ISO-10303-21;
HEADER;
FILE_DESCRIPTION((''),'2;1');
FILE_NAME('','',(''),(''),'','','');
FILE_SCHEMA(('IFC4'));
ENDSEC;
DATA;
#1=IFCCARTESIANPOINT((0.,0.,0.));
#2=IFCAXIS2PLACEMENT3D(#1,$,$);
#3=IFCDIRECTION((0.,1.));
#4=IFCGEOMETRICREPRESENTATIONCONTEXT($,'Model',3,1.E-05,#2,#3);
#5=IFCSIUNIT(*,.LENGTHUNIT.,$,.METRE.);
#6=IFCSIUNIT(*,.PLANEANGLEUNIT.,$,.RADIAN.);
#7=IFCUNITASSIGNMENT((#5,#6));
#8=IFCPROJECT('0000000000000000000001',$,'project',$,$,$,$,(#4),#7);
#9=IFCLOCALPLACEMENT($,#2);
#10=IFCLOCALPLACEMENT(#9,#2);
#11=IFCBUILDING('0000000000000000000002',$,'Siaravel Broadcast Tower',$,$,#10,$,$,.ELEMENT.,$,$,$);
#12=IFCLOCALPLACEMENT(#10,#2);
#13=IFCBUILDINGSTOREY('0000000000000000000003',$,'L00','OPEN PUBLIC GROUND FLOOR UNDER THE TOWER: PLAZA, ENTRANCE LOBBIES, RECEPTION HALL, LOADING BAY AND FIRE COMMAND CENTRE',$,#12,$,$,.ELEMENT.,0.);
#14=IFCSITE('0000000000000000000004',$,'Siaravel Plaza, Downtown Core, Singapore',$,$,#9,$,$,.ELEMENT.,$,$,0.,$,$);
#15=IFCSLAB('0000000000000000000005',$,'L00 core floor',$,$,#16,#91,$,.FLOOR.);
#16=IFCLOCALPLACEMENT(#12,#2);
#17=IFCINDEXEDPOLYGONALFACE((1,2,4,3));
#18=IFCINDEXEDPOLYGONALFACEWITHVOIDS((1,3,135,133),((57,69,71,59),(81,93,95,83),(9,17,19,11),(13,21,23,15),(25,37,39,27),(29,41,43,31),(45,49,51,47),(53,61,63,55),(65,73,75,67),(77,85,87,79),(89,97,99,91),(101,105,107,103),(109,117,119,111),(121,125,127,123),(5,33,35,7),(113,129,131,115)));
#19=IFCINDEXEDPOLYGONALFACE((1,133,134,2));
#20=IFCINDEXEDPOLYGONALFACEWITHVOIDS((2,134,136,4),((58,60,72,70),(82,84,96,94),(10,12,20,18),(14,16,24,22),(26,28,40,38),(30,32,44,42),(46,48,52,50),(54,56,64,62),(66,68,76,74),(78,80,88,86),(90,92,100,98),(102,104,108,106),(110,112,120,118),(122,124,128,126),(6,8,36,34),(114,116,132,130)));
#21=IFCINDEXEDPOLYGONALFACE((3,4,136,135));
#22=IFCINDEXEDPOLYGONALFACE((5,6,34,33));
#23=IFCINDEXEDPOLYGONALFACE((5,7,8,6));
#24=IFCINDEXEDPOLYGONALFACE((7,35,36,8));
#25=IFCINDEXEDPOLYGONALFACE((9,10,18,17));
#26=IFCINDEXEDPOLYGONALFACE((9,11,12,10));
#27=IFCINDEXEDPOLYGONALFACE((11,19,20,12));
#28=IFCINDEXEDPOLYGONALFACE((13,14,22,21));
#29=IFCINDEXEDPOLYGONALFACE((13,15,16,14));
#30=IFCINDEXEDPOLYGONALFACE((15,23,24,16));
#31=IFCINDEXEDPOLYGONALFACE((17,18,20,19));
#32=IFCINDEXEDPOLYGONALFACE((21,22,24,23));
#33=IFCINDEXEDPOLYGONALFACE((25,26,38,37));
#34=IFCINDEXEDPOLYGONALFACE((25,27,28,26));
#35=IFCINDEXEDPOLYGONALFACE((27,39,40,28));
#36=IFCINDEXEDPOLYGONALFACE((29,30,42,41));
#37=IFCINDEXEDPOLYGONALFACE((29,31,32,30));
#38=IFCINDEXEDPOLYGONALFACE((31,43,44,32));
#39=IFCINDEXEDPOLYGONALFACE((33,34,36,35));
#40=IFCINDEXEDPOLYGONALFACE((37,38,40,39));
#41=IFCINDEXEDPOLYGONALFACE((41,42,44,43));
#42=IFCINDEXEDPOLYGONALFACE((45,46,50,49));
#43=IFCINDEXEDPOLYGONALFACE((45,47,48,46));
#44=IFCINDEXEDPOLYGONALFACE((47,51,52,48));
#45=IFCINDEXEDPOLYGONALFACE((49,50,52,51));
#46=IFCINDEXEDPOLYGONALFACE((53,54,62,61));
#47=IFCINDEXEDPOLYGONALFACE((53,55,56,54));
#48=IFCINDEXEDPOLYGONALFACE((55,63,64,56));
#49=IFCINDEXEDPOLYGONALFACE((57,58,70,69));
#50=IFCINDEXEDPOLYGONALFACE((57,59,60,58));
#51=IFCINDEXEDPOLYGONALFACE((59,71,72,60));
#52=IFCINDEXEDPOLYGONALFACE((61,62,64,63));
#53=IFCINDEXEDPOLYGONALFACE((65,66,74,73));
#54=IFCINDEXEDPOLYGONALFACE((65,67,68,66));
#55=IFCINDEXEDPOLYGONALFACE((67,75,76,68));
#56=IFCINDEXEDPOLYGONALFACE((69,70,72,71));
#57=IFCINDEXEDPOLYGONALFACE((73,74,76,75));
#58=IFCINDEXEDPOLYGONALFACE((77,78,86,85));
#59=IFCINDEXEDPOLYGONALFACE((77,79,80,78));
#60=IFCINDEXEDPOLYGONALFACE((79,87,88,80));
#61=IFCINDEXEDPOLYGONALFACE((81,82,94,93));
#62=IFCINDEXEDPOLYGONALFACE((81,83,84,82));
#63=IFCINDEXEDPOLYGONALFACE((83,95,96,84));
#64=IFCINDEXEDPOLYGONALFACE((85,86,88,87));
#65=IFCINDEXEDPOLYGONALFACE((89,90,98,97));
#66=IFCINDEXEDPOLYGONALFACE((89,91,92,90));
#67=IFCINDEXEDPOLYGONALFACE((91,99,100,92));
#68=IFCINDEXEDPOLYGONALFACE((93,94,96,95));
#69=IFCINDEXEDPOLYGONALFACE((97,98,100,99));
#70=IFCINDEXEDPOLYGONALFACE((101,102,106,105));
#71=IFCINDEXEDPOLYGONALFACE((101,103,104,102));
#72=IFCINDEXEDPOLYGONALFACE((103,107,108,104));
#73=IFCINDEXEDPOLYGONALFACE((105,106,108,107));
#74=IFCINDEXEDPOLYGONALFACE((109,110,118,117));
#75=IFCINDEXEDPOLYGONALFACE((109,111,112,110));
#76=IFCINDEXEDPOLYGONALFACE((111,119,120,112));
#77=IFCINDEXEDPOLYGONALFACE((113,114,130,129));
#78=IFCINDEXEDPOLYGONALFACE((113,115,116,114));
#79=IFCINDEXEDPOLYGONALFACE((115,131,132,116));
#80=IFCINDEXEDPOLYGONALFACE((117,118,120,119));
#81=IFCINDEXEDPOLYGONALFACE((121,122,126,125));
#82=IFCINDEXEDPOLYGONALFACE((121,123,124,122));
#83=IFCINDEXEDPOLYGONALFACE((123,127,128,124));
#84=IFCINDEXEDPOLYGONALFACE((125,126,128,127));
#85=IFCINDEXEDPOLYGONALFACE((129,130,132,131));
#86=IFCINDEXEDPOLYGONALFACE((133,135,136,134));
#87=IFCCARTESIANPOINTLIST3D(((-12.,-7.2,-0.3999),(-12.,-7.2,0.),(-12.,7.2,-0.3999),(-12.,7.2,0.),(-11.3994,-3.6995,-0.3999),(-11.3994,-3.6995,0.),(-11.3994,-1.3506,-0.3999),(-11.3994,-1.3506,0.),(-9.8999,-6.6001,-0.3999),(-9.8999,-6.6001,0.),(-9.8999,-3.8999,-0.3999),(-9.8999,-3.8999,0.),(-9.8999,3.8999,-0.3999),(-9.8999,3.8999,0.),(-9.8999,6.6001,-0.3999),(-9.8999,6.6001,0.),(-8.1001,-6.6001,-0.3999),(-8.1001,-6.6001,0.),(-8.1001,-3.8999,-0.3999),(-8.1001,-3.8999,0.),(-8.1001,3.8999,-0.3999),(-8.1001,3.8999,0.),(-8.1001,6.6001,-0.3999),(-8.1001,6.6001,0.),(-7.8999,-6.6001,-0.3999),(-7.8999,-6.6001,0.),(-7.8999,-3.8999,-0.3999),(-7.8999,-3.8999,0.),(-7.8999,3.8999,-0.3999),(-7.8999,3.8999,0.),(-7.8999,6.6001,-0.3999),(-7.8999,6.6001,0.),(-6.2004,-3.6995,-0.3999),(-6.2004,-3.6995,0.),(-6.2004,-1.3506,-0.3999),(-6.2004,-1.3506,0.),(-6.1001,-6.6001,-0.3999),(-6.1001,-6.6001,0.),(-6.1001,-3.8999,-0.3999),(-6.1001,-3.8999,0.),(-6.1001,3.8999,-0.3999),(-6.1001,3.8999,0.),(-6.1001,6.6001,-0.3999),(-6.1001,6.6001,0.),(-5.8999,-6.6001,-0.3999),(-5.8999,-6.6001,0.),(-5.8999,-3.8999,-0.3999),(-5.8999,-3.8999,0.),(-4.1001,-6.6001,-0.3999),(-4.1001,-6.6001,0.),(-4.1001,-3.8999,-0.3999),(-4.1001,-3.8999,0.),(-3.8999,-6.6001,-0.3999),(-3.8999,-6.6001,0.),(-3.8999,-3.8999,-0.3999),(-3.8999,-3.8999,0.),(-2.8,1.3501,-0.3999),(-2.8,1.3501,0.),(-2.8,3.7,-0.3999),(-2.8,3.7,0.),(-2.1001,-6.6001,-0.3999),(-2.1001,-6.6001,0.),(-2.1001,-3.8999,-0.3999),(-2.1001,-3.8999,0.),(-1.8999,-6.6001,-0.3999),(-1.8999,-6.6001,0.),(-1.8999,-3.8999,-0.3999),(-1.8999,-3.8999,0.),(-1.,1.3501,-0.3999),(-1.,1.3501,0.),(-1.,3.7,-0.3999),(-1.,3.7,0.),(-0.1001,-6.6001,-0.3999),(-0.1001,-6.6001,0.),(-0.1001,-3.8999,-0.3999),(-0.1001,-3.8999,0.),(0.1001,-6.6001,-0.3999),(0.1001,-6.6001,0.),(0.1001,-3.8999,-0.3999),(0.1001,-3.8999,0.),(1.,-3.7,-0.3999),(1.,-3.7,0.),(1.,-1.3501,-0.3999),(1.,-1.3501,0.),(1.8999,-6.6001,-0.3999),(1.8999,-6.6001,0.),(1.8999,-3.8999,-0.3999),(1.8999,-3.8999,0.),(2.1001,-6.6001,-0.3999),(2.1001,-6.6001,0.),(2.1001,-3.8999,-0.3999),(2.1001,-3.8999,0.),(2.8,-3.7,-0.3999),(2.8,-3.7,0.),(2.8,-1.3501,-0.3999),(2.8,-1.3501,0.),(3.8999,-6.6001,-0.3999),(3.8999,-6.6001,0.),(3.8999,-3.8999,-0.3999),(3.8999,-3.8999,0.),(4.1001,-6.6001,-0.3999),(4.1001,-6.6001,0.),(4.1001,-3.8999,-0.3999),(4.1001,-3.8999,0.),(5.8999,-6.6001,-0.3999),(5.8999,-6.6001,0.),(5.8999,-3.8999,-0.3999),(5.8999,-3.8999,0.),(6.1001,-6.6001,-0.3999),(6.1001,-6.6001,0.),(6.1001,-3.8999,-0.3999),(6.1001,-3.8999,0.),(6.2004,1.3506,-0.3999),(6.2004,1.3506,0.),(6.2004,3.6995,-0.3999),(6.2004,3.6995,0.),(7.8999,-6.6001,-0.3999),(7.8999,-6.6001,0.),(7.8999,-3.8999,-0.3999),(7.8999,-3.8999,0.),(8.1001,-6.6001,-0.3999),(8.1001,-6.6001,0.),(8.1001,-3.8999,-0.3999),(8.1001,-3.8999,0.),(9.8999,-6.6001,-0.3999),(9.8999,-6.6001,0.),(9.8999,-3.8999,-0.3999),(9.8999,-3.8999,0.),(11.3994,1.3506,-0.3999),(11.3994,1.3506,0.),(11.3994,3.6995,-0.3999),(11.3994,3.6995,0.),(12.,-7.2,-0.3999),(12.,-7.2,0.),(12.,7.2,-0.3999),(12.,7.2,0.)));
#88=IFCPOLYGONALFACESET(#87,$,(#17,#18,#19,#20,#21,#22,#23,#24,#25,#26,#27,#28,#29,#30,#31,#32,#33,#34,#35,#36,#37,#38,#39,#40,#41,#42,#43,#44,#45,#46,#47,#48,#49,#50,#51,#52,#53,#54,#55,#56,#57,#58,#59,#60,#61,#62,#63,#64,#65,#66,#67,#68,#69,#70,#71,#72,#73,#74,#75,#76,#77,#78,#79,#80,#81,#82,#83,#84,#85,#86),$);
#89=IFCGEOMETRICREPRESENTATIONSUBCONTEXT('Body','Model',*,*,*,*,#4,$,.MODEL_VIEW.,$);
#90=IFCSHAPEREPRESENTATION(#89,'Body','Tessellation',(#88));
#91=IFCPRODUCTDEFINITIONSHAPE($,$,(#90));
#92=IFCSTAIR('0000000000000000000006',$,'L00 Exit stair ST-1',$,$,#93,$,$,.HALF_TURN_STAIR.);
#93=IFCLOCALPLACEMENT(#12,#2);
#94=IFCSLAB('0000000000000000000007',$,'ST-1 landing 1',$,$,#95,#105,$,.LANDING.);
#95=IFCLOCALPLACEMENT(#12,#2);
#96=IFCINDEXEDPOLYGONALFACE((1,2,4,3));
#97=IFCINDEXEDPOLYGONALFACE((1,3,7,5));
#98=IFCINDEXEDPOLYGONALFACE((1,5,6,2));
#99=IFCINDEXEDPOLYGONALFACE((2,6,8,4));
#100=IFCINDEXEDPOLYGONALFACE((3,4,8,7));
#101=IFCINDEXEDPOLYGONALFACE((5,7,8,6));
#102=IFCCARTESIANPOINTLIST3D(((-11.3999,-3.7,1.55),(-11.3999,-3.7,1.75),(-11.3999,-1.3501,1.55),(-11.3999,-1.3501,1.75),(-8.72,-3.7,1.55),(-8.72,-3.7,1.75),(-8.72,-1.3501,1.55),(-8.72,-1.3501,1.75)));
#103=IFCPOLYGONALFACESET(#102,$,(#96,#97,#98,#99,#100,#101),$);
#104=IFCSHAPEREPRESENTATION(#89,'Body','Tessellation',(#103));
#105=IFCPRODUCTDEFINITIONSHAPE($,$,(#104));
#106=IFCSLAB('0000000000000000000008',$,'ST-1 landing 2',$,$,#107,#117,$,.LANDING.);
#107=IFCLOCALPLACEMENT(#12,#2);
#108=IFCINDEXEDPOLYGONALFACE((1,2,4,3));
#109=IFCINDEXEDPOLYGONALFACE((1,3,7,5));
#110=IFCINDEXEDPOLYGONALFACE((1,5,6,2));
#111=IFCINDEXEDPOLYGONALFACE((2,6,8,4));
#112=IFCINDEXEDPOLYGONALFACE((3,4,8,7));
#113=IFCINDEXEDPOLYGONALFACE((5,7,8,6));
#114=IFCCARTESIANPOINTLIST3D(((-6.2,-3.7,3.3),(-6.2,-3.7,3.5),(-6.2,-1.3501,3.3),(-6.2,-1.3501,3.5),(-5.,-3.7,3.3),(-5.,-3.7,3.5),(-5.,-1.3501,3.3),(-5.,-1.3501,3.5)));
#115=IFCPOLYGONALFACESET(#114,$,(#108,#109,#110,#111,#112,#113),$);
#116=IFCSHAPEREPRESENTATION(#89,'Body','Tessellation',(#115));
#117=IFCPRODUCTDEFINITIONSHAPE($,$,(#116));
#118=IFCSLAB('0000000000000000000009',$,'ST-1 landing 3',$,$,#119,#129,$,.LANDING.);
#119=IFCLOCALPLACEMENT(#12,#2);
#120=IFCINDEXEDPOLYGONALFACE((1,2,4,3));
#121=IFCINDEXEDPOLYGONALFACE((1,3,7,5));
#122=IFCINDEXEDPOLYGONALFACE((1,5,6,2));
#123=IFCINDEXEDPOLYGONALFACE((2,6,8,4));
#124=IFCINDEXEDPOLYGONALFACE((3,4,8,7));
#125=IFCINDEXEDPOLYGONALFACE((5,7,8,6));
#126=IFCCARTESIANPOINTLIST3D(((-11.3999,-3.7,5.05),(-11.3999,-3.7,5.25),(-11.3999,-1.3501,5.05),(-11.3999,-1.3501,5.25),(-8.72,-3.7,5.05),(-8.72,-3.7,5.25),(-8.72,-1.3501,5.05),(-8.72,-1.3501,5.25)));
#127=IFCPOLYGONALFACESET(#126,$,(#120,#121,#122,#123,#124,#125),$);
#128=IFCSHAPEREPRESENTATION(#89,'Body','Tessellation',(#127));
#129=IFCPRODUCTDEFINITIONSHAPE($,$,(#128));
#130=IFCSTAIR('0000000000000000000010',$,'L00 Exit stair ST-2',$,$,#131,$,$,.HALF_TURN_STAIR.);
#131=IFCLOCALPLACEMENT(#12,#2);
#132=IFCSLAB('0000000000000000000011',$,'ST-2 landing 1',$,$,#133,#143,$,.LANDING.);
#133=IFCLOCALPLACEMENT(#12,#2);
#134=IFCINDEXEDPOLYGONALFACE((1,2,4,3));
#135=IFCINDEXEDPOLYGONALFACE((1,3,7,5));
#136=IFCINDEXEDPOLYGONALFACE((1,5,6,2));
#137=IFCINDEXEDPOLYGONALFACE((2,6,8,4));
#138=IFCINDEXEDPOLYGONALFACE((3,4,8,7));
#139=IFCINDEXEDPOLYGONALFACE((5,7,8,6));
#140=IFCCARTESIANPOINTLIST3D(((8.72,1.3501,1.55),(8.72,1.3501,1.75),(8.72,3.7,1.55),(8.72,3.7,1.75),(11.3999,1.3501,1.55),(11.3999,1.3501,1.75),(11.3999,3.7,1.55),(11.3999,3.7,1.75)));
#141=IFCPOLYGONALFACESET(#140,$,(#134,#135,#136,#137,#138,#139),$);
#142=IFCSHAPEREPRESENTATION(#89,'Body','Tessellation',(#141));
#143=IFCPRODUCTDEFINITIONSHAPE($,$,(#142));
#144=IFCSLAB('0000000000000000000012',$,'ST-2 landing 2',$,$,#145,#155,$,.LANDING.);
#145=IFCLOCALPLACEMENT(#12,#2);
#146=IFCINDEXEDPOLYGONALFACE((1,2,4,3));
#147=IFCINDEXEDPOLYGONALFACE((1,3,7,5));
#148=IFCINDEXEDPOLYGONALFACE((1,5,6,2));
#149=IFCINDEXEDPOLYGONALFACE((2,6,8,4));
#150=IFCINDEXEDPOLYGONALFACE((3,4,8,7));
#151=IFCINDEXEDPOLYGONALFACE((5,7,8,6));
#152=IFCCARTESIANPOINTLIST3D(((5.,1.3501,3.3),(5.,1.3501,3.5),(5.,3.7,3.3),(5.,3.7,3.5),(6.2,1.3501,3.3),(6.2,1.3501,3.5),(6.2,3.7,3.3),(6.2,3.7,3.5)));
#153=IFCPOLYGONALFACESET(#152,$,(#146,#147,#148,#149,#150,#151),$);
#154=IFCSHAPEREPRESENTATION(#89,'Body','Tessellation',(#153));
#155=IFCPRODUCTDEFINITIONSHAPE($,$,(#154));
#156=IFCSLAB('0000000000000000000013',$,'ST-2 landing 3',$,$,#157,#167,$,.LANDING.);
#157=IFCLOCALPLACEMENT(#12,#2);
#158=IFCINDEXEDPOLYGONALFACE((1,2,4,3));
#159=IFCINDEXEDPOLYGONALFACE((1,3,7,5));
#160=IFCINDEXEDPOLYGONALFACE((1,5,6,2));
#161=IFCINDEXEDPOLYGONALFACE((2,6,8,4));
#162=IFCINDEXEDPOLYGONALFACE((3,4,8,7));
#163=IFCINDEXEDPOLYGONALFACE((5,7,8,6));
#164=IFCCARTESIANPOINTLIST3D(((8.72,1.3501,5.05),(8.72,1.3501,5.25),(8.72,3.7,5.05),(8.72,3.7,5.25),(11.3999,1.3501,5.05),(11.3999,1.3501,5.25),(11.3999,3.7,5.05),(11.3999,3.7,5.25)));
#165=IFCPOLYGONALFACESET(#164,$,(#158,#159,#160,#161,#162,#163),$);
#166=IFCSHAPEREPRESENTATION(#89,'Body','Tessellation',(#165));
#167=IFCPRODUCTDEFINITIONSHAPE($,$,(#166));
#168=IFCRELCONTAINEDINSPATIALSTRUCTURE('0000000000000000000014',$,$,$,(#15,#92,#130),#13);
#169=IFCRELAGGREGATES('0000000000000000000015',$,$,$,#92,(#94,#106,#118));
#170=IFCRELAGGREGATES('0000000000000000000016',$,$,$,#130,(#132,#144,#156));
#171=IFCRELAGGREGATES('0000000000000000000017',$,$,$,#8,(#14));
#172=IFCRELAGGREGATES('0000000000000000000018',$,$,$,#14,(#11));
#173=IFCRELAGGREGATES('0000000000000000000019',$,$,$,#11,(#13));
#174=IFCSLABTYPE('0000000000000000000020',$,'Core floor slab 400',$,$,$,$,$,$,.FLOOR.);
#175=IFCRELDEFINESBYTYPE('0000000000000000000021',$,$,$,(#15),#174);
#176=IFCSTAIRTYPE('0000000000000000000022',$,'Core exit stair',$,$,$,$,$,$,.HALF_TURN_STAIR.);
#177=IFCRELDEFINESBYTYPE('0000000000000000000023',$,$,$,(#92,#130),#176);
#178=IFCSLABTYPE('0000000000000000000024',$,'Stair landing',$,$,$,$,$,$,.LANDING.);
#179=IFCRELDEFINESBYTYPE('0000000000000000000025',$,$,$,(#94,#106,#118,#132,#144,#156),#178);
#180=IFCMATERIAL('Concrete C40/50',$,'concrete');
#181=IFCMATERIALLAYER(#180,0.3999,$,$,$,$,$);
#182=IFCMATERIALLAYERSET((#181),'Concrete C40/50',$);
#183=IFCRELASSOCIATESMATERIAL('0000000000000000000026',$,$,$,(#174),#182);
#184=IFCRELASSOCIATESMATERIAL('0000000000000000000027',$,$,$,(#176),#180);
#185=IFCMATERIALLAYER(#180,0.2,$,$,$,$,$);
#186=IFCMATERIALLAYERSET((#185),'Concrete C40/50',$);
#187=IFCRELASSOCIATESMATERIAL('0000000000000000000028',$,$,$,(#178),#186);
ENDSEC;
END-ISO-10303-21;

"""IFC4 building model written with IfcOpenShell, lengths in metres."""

from ifc_helpers import new_model, si_unit, direction, frame, origin, place, context, subcontext, project, spatial, polyline, outline, extrude, material, layer, layer_set, type_object, element, aggregate, save


model = new_model("IFC4")

# Units and contexts
model_context = context("Model", 3, precision=1e-05, world=origin(), true_north=direction((0.0, 1.0)))
body_context = subcontext(model_context, "Body", "Model", "MODEL_VIEW")
ifc_project = project(units=[si_unit("LENGTHUNIT", "METRE"), si_unit("PLANEANGLEUNIT", "RADIAN")], contexts=[model_context])

# Site, building, storey
site_placement = place(None, origin())
site = spatial("IfcSite", under=ifc_project, at=site_placement, Name="Siaravel Plaza, Downtown Core, Singapore", CompositionType="ELEMENT", RefElevation=0.0)
building_placement = place(site_placement, origin())
building = spatial("IfcBuilding", under=site, at=building_placement, Name="Siaravel Broadcast Tower", CompositionType="ELEMENT")
storey_placement = place(building_placement, origin())
storey = spatial("IfcBuildingStorey", under=building, at=storey_placement, Name="L00", Description="OPEN PUBLIC GROUND FLOOR UNDER THE TOWER: PLAZA, ENTRANCE LOBBIES, RECEPTION HALL, LOADING BAY AND FIRE COMMAND CENTRE", CompositionType="ELEMENT", Elevation=0.0)

# Shared definitions
ifc_material_1 = material(Name="Concrete C40/50", Category="concrete")

# Slab
ifc_layer_1 = layer(ifc_material_1, 0.3999)
ifc_layer_set_1 = layer_set([ifc_layer_1], Name="Concrete C40/50")
slab_type_1 = type_object("IfcSlabType", Name="Core floor slab 400", PredefinedType="FLOOR", material=ifc_layer_set_1)
slab_1_placement = place(storey_placement, frame((0.0, 0.0, -0.3999)))
element("IfcSlab", 1, at=slab_1_placement, inside=storey, type_object=slab_type_1, Name="L00 core floor", PredefinedType="FLOOR", context=body_context, shape_type="SweptSolid", body=[
    extrude(outline(polyline([(-12.0, -7.2), (-12.0, 7.2), (12.0, 7.2), (12.0, -7.2), (-12.0, -7.2)]), holes=[polyline([(11.3994, 1.3506), (11.3994, 3.6995), (6.2004, 3.6995), (6.2004, 1.3506), (11.3994, 1.3506)]), polyline([(9.8999, -3.8999), (8.1001, -3.8999), (8.1001, -6.6001), (9.8999, -6.6001), (9.8999, -3.8999)]), polyline([(7.8999, -3.8999), (6.1001, -3.8999), (6.1001, -6.6001), (7.8999, -6.6001), (7.8999, -3.8999)]), polyline([(5.8999, -3.8999), (4.1001, -3.8999), (4.1001, -6.6001), (5.8999, -6.6001), (5.8999, -3.8999)]), polyline([(3.8999, -3.8999), (2.1001, -3.8999), (2.1001, -6.6001), (3.8999, -6.6001), (3.8999, -3.8999)]), polyline([(2.8, -1.3501), (1.0, -1.3501), (1.0, -3.7), (2.8, -3.7), (2.8, -1.3501)]), polyline([(1.8999, -3.8999), (0.1001, -3.8999), (0.1001, -6.6001), (1.8999, -6.6001), (1.8999, -3.8999)]), polyline([(-0.1001, -3.8999), (-1.8999, -3.8999), (-1.8999, -6.6001), (-0.1001, -6.6001), (-0.1001, -3.8999)]), polyline([(-1.0, 3.7), (-2.8, 3.7), (-2.8, 1.3501), (-1.0, 1.3501), (-1.0, 3.7)]), polyline([(-2.1001, -3.8999), (-3.8999, -3.8999), (-3.8999, -6.6001), (-2.1001, -6.6001), (-2.1001, -3.8999)]), polyline([(-4.1001, -3.8999), (-5.8999, -3.8999), (-5.8999, -6.6001), (-4.1001, -6.6001), (-4.1001, -3.8999)]), polyline([(-6.1001, -3.8999), (-7.8999, -3.8999), (-7.8999, -6.6001), (-6.1001, -6.6001), (-6.1001, -3.8999)]), polyline([(-6.1001, 6.6001), (-7.8999, 6.6001), (-7.8999, 3.8999), (-6.1001, 3.8999), (-6.1001, 6.6001)]), polyline([(-11.3994, -1.3506), (-11.3994, -3.6995), (-6.2004, -3.6995), (-6.2004, -1.3506), (-11.3994, -1.3506)]), polyline([(-8.1001, -3.8999), (-9.8999, -3.8999), (-9.8999, -6.6001), (-8.1001, -6.6001), (-8.1001, -3.8999)]), polyline([(-8.1001, 6.6001), (-9.8999, 6.6001), (-9.8999, 3.8999), (-8.1001, 3.8999), (-8.1001, 6.6001)])]), origin(), (0.0, 0.0, 1.0), 0.3999),
])

# Stairs, slabs
stair_type = type_object("IfcStairType", Name="Core exit stair", PredefinedType="HALF_TURN_STAIR", material=ifc_material_1)
stair_1_placement = place(storey_placement, origin())
stair_1 = element("IfcStair", 2, at=stair_1_placement, inside=storey, type_object=stair_type, Name="L00 Exit stair ST-1", PredefinedType="HALF_TURN_STAIR")
ifc_layer_2 = layer(ifc_material_1, 0.2)
ifc_layer_set_2 = layer_set([ifc_layer_2], Name="Concrete C40/50")
slab_type_2 = type_object("IfcSlabType", Name="Stair landing", PredefinedType="LANDING", material=ifc_layer_set_2)
slab_2_placement = place(storey_placement, frame((0.0, 0.0, 1.55)))
slab_2 = element("IfcSlab", 3, at=slab_2_placement, type_object=slab_type_2, Name="ST-1 landing 1", PredefinedType="LANDING", context=body_context, shape_type="SweptSolid", body=[
    extrude(outline(polyline([(-8.72, -1.3501), (-11.3999, -1.3501), (-11.3999, -3.7), (-8.72, -3.7), (-8.72, -1.3501)])), origin(), (0.0, 0.0, 1.0), 0.2),
])
slab_3_placement = place(storey_placement, frame((0.0, 0.0, 3.3)))
slab_3 = element("IfcSlab", 4, at=slab_3_placement, type_object=slab_type_2, Name="ST-1 landing 2", PredefinedType="LANDING", context=body_context, shape_type="SweptSolid", body=[
    extrude(outline(polyline([(-5.0, -1.3501), (-6.2, -1.3501), (-6.2, -3.7), (-5.0, -3.7), (-5.0, -1.3501)])), origin(), (0.0, 0.0, 1.0), 0.2),
])
slab_4_placement = place(storey_placement, frame((0.0, 0.0, 5.05)))
slab_4 = element("IfcSlab", 5, at=slab_4_placement, type_object=slab_type_2, Name="ST-1 landing 3", PredefinedType="LANDING", context=body_context, shape_type="SweptSolid", body=[
    extrude(outline(polyline([(-8.72, -1.3501), (-11.3999, -1.3501), (-11.3999, -3.7), (-8.72, -3.7), (-8.72, -1.3501)])), origin(), (0.0, 0.0, 1.0), 0.2),
])
aggregate(stair_1, [slab_2, slab_3, slab_4])
stair_2_placement = place(storey_placement, origin())
stair_2 = element("IfcStair", 6, at=stair_2_placement, inside=storey, type_object=stair_type, Name="L00 Exit stair ST-2", PredefinedType="HALF_TURN_STAIR")
slab_5_placement = place(storey_placement, frame((0.0, 0.0, 1.55)))
slab_5 = element("IfcSlab", 7, at=slab_5_placement, type_object=slab_type_2, Name="ST-2 landing 1", PredefinedType="LANDING", context=body_context, shape_type="SweptSolid", body=[
    extrude(outline(polyline([(8.72, 1.3501), (11.3999, 1.3501), (11.3999, 3.7), (8.72, 3.7), (8.72, 1.3501)])), origin(), (0.0, 0.0, 1.0), 0.2),
])
slab_6_placement = place(storey_placement, frame((0.0, 0.0, 3.3)))
slab_6 = element("IfcSlab", 8, at=slab_6_placement, type_object=slab_type_2, Name="ST-2 landing 2", PredefinedType="LANDING", context=body_context, shape_type="SweptSolid", body=[
    extrude(outline(polyline([(5.0, 1.3501), (6.2, 1.3501), (6.2, 3.7), (5.0, 3.7), (5.0, 1.3501)])), origin(), (0.0, 0.0, 1.0), 0.2),
])
slab_7_placement = place(storey_placement, frame((0.0, 0.0, 5.05)))
slab_7 = element("IfcSlab", 9, at=slab_7_placement, type_object=slab_type_2, Name="ST-2 landing 3", PredefinedType="LANDING", context=body_context, shape_type="SweptSolid", body=[
    extrude(outline(polyline([(8.72, 1.3501), (11.3999, 1.3501), (11.3999, 3.7), (8.72, 3.7), (8.72, 1.3501)])), origin(), (0.0, 0.0, 1.0), 0.2),
])
aggregate(stair_2, [slab_5, slab_6, slab_7])

save(model, "model.ifc")
